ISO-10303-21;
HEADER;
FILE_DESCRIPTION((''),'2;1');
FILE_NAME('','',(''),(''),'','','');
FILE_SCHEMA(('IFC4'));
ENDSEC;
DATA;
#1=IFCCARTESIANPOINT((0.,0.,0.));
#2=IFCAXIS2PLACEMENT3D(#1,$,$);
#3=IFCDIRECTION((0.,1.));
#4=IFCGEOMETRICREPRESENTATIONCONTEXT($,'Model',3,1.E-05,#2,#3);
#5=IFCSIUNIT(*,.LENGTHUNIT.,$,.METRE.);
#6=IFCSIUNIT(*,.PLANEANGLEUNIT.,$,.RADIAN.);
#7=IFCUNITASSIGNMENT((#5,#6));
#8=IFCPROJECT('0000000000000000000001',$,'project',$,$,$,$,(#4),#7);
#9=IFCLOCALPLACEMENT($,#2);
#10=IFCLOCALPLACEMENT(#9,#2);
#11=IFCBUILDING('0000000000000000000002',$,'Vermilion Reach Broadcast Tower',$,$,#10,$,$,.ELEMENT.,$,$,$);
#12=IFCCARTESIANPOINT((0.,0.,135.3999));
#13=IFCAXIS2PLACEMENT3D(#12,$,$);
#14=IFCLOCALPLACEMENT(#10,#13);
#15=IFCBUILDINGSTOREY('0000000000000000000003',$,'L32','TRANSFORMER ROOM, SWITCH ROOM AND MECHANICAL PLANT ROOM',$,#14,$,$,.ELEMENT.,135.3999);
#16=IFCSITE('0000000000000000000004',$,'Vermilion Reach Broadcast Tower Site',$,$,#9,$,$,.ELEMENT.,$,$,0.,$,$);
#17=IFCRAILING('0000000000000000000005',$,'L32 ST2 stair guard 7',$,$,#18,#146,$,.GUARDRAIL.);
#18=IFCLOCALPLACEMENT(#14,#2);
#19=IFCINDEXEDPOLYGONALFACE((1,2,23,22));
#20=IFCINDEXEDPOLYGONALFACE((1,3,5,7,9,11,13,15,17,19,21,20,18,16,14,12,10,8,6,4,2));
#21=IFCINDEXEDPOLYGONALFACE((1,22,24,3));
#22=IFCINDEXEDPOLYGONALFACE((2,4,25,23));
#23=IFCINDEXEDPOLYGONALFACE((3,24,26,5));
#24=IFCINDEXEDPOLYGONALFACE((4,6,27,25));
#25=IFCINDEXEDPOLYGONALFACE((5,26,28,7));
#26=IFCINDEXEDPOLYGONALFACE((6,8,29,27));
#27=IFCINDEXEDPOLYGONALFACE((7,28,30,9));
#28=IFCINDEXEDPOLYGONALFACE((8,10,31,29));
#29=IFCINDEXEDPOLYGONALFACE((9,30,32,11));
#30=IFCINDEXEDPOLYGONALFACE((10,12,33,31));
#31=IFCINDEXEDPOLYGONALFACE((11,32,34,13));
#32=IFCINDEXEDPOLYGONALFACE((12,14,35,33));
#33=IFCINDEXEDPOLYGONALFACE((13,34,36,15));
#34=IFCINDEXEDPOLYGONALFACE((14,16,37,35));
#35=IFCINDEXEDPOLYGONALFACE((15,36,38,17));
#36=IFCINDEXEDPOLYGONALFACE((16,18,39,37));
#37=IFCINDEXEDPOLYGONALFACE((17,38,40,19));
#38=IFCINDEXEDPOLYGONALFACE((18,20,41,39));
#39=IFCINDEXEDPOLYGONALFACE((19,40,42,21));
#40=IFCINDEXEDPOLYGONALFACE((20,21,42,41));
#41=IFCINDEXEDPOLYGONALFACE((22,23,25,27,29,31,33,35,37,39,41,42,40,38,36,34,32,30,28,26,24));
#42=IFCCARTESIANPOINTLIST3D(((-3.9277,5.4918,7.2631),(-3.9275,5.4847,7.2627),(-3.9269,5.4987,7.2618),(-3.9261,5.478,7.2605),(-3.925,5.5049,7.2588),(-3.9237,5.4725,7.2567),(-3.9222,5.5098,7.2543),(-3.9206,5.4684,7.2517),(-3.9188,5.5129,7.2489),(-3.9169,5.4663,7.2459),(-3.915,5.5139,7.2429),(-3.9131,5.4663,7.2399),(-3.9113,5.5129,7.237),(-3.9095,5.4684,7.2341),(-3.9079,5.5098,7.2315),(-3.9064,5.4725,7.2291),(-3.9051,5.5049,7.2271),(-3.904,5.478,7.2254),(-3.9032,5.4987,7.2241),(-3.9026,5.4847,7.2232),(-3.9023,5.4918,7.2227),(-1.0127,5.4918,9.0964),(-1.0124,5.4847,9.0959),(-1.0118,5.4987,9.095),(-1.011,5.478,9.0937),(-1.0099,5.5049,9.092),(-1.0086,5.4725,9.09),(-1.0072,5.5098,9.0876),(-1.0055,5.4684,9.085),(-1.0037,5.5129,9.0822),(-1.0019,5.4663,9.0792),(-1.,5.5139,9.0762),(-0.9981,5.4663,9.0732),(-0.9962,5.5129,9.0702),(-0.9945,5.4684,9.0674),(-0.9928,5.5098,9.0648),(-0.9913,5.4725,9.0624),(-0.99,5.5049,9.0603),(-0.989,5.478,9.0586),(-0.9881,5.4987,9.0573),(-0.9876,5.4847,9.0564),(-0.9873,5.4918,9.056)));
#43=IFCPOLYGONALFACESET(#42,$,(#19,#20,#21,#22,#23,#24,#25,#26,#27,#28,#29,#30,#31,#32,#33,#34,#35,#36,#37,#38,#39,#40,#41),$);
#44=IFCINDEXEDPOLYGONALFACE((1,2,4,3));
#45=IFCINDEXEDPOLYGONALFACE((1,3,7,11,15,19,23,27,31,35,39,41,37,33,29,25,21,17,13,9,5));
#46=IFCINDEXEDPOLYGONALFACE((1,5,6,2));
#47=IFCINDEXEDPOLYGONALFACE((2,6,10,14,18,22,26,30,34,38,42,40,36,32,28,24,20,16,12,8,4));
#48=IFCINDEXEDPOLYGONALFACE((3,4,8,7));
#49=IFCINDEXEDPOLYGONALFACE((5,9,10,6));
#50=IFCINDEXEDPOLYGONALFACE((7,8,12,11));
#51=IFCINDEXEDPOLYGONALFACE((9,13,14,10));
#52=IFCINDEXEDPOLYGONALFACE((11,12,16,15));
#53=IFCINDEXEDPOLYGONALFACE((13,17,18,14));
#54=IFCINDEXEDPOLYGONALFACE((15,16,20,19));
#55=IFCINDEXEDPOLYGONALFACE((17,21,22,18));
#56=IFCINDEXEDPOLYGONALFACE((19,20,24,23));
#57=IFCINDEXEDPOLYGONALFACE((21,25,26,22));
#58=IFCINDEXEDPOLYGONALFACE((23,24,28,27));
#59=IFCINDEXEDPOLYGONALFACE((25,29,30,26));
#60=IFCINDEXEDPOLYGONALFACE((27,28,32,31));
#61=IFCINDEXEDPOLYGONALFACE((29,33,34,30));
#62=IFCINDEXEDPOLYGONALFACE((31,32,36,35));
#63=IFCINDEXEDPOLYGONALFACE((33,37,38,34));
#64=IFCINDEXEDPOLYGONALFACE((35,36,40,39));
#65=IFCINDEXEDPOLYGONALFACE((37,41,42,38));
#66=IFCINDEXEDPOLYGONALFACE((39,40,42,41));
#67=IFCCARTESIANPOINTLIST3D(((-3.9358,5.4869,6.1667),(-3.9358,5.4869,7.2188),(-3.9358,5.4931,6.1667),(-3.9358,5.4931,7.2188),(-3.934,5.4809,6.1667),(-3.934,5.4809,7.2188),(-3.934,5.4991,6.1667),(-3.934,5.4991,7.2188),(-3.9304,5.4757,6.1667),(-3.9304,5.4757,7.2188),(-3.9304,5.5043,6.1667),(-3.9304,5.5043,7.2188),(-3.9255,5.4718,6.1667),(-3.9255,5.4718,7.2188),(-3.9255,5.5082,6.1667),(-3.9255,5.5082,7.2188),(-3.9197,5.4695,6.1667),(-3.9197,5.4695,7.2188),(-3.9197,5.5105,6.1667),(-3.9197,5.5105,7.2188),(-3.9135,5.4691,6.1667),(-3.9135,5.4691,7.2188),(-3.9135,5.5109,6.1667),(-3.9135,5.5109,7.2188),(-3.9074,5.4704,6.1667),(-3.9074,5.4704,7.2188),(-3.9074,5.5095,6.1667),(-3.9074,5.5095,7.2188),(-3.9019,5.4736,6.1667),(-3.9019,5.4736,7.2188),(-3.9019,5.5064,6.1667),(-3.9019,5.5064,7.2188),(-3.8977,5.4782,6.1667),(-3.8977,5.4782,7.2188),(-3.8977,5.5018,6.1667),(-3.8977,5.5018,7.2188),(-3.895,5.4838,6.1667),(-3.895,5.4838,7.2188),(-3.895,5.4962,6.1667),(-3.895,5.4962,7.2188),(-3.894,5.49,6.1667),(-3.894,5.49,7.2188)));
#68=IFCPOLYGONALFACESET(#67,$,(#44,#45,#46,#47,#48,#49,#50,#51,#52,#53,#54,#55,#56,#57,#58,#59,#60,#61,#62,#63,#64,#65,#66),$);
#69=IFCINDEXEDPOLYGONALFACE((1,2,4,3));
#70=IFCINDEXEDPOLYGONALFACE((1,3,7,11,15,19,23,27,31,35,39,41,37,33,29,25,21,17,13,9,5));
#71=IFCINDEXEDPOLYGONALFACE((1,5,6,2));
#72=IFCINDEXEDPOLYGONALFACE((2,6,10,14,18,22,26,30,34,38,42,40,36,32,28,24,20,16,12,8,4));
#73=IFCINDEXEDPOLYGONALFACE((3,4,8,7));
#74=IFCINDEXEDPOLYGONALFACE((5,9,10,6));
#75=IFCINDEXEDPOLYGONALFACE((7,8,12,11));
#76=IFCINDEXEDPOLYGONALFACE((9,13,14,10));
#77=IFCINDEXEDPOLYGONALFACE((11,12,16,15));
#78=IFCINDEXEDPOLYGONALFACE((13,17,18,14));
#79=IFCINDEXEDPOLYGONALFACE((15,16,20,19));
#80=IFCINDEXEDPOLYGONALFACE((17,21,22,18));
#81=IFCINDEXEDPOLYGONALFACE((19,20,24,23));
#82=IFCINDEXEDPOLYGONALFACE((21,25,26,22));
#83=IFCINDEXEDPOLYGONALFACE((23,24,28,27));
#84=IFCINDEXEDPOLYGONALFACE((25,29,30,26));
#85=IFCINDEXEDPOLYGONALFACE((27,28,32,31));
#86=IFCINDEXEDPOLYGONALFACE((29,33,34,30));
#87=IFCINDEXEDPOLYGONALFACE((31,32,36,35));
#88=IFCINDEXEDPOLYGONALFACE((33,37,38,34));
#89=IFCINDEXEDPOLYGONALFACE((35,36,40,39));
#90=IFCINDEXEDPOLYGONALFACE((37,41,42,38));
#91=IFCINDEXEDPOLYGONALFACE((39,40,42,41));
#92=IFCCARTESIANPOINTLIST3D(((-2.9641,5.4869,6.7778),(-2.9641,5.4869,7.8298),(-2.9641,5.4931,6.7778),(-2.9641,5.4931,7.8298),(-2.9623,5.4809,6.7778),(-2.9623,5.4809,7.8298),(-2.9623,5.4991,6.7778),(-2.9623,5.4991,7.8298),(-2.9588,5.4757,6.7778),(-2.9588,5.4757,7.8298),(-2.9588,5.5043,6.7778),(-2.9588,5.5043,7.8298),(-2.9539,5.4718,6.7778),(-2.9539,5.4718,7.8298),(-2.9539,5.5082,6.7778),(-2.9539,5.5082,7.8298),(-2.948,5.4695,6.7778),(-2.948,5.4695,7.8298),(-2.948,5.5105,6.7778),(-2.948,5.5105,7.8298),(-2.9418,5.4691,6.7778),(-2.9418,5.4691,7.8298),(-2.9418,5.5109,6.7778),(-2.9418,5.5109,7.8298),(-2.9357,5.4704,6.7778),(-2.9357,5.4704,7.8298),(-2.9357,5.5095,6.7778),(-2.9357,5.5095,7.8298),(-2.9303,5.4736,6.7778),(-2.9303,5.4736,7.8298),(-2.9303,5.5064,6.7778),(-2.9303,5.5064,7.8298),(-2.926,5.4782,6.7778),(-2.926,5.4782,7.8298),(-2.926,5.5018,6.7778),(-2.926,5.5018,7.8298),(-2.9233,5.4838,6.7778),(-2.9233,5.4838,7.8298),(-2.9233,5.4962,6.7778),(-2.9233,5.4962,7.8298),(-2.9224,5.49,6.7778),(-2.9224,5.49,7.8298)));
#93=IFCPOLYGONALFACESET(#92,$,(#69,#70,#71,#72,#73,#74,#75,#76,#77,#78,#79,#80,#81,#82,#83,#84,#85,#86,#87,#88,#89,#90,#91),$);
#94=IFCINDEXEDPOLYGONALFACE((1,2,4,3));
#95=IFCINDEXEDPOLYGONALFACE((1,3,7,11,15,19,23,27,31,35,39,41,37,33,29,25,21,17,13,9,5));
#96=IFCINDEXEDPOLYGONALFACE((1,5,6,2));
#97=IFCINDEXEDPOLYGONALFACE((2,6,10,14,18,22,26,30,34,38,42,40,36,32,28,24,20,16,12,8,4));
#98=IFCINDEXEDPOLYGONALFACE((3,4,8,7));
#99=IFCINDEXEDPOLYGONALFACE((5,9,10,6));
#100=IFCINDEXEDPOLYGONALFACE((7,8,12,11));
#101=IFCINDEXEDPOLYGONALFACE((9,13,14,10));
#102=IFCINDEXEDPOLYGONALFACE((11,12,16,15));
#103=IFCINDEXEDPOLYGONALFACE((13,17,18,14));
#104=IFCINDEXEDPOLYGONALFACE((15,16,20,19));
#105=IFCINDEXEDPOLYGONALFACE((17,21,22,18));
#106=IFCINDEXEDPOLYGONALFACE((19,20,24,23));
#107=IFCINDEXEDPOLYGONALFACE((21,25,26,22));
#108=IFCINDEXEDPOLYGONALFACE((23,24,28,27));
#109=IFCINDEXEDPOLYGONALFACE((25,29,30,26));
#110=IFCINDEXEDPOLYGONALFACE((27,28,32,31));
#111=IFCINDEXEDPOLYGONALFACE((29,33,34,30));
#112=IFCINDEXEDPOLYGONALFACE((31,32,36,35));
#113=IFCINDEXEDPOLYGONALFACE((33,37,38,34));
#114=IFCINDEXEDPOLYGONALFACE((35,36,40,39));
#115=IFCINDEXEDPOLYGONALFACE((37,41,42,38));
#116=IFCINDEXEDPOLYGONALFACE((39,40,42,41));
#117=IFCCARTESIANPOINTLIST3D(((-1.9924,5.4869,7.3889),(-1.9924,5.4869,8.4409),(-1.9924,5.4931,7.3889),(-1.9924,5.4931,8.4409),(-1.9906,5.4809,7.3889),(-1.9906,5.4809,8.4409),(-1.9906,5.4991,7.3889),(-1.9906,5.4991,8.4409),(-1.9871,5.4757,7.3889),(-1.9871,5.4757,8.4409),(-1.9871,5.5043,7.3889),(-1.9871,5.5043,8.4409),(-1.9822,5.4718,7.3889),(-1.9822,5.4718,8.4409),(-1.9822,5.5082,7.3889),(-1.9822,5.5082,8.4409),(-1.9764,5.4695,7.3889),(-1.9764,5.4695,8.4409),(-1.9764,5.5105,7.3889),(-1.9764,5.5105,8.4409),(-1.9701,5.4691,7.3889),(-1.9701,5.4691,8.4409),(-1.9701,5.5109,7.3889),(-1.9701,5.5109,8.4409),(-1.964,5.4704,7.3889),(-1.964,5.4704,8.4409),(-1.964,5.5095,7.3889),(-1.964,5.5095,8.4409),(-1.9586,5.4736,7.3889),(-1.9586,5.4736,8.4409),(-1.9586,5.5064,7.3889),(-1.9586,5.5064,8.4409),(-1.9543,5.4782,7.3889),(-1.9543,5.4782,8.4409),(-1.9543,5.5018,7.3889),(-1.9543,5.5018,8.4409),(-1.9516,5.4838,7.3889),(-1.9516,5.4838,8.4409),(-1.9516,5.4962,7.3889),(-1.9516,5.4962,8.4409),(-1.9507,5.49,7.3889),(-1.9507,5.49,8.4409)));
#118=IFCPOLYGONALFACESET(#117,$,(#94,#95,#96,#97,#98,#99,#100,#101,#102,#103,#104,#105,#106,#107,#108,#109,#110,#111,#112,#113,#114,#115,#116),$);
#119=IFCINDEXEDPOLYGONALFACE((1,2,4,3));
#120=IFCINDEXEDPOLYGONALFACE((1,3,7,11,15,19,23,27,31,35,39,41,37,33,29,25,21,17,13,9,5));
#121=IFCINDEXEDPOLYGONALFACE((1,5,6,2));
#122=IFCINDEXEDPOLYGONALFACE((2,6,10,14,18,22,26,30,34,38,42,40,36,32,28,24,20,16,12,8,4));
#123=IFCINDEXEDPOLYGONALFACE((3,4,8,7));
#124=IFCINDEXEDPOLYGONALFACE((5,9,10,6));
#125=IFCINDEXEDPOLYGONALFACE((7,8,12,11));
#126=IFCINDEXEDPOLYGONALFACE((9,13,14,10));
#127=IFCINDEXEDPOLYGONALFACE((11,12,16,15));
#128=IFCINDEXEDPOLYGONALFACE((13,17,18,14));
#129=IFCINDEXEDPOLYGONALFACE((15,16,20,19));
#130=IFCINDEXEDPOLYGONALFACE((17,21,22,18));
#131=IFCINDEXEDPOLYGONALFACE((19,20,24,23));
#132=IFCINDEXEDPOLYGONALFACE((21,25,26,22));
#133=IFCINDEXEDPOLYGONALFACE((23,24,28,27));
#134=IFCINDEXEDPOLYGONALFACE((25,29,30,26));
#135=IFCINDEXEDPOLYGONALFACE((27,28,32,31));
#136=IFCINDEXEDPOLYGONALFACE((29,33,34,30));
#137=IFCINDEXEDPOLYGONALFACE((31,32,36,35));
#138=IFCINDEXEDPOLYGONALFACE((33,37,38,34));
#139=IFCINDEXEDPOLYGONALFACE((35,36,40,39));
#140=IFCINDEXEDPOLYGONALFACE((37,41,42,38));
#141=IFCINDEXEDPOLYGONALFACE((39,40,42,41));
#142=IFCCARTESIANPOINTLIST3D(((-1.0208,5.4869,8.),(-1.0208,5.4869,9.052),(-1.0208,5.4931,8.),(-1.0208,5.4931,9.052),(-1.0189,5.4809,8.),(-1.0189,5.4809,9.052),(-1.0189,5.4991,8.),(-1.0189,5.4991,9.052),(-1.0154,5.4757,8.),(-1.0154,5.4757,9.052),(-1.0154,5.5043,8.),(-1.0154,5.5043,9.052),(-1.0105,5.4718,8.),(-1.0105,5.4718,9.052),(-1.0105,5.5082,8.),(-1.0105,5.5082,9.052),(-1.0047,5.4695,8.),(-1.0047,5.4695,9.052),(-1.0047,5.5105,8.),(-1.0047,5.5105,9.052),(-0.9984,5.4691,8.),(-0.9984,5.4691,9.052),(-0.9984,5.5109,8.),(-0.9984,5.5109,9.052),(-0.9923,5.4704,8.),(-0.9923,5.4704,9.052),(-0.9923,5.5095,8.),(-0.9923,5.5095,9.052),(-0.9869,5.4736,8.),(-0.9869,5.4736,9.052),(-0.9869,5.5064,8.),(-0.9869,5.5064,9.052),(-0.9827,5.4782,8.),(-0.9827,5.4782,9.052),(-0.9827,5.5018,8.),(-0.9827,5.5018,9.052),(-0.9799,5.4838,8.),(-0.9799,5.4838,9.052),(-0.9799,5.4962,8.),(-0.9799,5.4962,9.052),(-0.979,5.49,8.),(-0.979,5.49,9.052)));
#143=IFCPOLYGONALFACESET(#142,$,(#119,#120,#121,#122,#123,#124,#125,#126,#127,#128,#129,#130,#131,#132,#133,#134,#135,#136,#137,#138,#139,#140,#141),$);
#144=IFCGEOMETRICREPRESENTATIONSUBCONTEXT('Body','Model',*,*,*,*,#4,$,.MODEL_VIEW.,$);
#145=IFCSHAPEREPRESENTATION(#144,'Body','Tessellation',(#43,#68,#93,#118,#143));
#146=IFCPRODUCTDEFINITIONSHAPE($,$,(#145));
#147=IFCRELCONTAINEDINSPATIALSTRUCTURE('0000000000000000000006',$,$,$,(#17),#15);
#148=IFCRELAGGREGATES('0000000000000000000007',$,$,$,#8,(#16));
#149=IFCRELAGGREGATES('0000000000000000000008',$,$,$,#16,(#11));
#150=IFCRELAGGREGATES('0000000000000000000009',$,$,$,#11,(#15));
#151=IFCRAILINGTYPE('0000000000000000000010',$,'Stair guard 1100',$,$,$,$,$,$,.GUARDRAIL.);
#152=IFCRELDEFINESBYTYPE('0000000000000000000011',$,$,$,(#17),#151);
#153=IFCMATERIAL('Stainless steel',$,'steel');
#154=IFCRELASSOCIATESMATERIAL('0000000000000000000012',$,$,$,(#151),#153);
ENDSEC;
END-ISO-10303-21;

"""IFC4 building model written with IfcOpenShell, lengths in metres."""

from ifc_helpers import new_model, si_unit, direction, frame, origin, origin_2d, place, context, subcontext, project, spatial, circle, extrude, material, type_object, element, save


model = new_model("IFC4")

# Units and contexts
model_context = context("Model", 3, precision=1e-05, world=origin(), true_north=direction((0.0, 1.0)))
body_context = subcontext(model_context, "Body", "Model", "MODEL_VIEW")
ifc_project = project(units=[si_unit("LENGTHUNIT", "METRE"), si_unit("PLANEANGLEUNIT", "RADIAN")], contexts=[model_context])

# Site, building, storey
site_placement = place(None, origin())
site = spatial("IfcSite", under=ifc_project, at=site_placement, Name="Vermilion Reach Broadcast Tower Site", CompositionType="ELEMENT", RefElevation=0.0)
building_placement = place(site_placement, origin())
building = spatial("IfcBuilding", under=site, at=building_placement, Name="Vermilion Reach Broadcast Tower", CompositionType="ELEMENT")
storey_placement = place(building_placement, frame((0.0, 0.0, 135.3999)))
storey = spatial("IfcBuildingStorey", under=building, at=storey_placement, Name="L32", Description="TRANSFORMER ROOM, SWITCH ROOM AND MECHANICAL PLANT ROOM", CompositionType="ELEMENT", Elevation=135.3999)

# Railing
ifc_material_1 = material(Name="Stainless steel", Category="steel")
railing_type_1 = type_object("IfcRailingType", Name="Stair guard 1100", PredefinedType="GUARDRAIL", material=ifc_material_1)
railing_1_placement = place(storey_placement, frame((-3.915, 5.49, 6.1667)))
element("IfcRailing", 1, at=railing_1_placement, inside=storey, type_object=railing_type_1, Name="L32 ST2 stair guard 7", PredefinedType="GUARDRAIL", context=body_context, shape_type="SweptSolid", body=[
    extrude(circle(Radius=0.0239, at=origin_2d()), frame((0.0, 0.0, 1.0762), z_axis=(0.846513, 0.0, 0.532368), x_axis=(0.0, 1.0, 0.0)), (0.0, 0.0, 1.0), 3.4436),
    extrude(circle(Radius=0.021, at=origin_2d()), origin(), (0.0, 0.0, 1.0), 1.052),
    extrude(circle(Radius=0.021, at=origin_2d()), frame((0.9717, 0.0, 0.6111)), (0.0, 0.0, 1.0), 1.052),
    extrude(circle(Radius=0.021, at=origin_2d()), frame((1.9434, 0.0, 1.2222)), (0.0, 0.0, 1.0), 1.052),
    extrude(circle(Radius=0.021, at=origin_2d()), frame((2.915, 0.0, 1.8333)), (0.0, 0.0, 1.0), 1.052),
])

save(model, "model.ifc")
